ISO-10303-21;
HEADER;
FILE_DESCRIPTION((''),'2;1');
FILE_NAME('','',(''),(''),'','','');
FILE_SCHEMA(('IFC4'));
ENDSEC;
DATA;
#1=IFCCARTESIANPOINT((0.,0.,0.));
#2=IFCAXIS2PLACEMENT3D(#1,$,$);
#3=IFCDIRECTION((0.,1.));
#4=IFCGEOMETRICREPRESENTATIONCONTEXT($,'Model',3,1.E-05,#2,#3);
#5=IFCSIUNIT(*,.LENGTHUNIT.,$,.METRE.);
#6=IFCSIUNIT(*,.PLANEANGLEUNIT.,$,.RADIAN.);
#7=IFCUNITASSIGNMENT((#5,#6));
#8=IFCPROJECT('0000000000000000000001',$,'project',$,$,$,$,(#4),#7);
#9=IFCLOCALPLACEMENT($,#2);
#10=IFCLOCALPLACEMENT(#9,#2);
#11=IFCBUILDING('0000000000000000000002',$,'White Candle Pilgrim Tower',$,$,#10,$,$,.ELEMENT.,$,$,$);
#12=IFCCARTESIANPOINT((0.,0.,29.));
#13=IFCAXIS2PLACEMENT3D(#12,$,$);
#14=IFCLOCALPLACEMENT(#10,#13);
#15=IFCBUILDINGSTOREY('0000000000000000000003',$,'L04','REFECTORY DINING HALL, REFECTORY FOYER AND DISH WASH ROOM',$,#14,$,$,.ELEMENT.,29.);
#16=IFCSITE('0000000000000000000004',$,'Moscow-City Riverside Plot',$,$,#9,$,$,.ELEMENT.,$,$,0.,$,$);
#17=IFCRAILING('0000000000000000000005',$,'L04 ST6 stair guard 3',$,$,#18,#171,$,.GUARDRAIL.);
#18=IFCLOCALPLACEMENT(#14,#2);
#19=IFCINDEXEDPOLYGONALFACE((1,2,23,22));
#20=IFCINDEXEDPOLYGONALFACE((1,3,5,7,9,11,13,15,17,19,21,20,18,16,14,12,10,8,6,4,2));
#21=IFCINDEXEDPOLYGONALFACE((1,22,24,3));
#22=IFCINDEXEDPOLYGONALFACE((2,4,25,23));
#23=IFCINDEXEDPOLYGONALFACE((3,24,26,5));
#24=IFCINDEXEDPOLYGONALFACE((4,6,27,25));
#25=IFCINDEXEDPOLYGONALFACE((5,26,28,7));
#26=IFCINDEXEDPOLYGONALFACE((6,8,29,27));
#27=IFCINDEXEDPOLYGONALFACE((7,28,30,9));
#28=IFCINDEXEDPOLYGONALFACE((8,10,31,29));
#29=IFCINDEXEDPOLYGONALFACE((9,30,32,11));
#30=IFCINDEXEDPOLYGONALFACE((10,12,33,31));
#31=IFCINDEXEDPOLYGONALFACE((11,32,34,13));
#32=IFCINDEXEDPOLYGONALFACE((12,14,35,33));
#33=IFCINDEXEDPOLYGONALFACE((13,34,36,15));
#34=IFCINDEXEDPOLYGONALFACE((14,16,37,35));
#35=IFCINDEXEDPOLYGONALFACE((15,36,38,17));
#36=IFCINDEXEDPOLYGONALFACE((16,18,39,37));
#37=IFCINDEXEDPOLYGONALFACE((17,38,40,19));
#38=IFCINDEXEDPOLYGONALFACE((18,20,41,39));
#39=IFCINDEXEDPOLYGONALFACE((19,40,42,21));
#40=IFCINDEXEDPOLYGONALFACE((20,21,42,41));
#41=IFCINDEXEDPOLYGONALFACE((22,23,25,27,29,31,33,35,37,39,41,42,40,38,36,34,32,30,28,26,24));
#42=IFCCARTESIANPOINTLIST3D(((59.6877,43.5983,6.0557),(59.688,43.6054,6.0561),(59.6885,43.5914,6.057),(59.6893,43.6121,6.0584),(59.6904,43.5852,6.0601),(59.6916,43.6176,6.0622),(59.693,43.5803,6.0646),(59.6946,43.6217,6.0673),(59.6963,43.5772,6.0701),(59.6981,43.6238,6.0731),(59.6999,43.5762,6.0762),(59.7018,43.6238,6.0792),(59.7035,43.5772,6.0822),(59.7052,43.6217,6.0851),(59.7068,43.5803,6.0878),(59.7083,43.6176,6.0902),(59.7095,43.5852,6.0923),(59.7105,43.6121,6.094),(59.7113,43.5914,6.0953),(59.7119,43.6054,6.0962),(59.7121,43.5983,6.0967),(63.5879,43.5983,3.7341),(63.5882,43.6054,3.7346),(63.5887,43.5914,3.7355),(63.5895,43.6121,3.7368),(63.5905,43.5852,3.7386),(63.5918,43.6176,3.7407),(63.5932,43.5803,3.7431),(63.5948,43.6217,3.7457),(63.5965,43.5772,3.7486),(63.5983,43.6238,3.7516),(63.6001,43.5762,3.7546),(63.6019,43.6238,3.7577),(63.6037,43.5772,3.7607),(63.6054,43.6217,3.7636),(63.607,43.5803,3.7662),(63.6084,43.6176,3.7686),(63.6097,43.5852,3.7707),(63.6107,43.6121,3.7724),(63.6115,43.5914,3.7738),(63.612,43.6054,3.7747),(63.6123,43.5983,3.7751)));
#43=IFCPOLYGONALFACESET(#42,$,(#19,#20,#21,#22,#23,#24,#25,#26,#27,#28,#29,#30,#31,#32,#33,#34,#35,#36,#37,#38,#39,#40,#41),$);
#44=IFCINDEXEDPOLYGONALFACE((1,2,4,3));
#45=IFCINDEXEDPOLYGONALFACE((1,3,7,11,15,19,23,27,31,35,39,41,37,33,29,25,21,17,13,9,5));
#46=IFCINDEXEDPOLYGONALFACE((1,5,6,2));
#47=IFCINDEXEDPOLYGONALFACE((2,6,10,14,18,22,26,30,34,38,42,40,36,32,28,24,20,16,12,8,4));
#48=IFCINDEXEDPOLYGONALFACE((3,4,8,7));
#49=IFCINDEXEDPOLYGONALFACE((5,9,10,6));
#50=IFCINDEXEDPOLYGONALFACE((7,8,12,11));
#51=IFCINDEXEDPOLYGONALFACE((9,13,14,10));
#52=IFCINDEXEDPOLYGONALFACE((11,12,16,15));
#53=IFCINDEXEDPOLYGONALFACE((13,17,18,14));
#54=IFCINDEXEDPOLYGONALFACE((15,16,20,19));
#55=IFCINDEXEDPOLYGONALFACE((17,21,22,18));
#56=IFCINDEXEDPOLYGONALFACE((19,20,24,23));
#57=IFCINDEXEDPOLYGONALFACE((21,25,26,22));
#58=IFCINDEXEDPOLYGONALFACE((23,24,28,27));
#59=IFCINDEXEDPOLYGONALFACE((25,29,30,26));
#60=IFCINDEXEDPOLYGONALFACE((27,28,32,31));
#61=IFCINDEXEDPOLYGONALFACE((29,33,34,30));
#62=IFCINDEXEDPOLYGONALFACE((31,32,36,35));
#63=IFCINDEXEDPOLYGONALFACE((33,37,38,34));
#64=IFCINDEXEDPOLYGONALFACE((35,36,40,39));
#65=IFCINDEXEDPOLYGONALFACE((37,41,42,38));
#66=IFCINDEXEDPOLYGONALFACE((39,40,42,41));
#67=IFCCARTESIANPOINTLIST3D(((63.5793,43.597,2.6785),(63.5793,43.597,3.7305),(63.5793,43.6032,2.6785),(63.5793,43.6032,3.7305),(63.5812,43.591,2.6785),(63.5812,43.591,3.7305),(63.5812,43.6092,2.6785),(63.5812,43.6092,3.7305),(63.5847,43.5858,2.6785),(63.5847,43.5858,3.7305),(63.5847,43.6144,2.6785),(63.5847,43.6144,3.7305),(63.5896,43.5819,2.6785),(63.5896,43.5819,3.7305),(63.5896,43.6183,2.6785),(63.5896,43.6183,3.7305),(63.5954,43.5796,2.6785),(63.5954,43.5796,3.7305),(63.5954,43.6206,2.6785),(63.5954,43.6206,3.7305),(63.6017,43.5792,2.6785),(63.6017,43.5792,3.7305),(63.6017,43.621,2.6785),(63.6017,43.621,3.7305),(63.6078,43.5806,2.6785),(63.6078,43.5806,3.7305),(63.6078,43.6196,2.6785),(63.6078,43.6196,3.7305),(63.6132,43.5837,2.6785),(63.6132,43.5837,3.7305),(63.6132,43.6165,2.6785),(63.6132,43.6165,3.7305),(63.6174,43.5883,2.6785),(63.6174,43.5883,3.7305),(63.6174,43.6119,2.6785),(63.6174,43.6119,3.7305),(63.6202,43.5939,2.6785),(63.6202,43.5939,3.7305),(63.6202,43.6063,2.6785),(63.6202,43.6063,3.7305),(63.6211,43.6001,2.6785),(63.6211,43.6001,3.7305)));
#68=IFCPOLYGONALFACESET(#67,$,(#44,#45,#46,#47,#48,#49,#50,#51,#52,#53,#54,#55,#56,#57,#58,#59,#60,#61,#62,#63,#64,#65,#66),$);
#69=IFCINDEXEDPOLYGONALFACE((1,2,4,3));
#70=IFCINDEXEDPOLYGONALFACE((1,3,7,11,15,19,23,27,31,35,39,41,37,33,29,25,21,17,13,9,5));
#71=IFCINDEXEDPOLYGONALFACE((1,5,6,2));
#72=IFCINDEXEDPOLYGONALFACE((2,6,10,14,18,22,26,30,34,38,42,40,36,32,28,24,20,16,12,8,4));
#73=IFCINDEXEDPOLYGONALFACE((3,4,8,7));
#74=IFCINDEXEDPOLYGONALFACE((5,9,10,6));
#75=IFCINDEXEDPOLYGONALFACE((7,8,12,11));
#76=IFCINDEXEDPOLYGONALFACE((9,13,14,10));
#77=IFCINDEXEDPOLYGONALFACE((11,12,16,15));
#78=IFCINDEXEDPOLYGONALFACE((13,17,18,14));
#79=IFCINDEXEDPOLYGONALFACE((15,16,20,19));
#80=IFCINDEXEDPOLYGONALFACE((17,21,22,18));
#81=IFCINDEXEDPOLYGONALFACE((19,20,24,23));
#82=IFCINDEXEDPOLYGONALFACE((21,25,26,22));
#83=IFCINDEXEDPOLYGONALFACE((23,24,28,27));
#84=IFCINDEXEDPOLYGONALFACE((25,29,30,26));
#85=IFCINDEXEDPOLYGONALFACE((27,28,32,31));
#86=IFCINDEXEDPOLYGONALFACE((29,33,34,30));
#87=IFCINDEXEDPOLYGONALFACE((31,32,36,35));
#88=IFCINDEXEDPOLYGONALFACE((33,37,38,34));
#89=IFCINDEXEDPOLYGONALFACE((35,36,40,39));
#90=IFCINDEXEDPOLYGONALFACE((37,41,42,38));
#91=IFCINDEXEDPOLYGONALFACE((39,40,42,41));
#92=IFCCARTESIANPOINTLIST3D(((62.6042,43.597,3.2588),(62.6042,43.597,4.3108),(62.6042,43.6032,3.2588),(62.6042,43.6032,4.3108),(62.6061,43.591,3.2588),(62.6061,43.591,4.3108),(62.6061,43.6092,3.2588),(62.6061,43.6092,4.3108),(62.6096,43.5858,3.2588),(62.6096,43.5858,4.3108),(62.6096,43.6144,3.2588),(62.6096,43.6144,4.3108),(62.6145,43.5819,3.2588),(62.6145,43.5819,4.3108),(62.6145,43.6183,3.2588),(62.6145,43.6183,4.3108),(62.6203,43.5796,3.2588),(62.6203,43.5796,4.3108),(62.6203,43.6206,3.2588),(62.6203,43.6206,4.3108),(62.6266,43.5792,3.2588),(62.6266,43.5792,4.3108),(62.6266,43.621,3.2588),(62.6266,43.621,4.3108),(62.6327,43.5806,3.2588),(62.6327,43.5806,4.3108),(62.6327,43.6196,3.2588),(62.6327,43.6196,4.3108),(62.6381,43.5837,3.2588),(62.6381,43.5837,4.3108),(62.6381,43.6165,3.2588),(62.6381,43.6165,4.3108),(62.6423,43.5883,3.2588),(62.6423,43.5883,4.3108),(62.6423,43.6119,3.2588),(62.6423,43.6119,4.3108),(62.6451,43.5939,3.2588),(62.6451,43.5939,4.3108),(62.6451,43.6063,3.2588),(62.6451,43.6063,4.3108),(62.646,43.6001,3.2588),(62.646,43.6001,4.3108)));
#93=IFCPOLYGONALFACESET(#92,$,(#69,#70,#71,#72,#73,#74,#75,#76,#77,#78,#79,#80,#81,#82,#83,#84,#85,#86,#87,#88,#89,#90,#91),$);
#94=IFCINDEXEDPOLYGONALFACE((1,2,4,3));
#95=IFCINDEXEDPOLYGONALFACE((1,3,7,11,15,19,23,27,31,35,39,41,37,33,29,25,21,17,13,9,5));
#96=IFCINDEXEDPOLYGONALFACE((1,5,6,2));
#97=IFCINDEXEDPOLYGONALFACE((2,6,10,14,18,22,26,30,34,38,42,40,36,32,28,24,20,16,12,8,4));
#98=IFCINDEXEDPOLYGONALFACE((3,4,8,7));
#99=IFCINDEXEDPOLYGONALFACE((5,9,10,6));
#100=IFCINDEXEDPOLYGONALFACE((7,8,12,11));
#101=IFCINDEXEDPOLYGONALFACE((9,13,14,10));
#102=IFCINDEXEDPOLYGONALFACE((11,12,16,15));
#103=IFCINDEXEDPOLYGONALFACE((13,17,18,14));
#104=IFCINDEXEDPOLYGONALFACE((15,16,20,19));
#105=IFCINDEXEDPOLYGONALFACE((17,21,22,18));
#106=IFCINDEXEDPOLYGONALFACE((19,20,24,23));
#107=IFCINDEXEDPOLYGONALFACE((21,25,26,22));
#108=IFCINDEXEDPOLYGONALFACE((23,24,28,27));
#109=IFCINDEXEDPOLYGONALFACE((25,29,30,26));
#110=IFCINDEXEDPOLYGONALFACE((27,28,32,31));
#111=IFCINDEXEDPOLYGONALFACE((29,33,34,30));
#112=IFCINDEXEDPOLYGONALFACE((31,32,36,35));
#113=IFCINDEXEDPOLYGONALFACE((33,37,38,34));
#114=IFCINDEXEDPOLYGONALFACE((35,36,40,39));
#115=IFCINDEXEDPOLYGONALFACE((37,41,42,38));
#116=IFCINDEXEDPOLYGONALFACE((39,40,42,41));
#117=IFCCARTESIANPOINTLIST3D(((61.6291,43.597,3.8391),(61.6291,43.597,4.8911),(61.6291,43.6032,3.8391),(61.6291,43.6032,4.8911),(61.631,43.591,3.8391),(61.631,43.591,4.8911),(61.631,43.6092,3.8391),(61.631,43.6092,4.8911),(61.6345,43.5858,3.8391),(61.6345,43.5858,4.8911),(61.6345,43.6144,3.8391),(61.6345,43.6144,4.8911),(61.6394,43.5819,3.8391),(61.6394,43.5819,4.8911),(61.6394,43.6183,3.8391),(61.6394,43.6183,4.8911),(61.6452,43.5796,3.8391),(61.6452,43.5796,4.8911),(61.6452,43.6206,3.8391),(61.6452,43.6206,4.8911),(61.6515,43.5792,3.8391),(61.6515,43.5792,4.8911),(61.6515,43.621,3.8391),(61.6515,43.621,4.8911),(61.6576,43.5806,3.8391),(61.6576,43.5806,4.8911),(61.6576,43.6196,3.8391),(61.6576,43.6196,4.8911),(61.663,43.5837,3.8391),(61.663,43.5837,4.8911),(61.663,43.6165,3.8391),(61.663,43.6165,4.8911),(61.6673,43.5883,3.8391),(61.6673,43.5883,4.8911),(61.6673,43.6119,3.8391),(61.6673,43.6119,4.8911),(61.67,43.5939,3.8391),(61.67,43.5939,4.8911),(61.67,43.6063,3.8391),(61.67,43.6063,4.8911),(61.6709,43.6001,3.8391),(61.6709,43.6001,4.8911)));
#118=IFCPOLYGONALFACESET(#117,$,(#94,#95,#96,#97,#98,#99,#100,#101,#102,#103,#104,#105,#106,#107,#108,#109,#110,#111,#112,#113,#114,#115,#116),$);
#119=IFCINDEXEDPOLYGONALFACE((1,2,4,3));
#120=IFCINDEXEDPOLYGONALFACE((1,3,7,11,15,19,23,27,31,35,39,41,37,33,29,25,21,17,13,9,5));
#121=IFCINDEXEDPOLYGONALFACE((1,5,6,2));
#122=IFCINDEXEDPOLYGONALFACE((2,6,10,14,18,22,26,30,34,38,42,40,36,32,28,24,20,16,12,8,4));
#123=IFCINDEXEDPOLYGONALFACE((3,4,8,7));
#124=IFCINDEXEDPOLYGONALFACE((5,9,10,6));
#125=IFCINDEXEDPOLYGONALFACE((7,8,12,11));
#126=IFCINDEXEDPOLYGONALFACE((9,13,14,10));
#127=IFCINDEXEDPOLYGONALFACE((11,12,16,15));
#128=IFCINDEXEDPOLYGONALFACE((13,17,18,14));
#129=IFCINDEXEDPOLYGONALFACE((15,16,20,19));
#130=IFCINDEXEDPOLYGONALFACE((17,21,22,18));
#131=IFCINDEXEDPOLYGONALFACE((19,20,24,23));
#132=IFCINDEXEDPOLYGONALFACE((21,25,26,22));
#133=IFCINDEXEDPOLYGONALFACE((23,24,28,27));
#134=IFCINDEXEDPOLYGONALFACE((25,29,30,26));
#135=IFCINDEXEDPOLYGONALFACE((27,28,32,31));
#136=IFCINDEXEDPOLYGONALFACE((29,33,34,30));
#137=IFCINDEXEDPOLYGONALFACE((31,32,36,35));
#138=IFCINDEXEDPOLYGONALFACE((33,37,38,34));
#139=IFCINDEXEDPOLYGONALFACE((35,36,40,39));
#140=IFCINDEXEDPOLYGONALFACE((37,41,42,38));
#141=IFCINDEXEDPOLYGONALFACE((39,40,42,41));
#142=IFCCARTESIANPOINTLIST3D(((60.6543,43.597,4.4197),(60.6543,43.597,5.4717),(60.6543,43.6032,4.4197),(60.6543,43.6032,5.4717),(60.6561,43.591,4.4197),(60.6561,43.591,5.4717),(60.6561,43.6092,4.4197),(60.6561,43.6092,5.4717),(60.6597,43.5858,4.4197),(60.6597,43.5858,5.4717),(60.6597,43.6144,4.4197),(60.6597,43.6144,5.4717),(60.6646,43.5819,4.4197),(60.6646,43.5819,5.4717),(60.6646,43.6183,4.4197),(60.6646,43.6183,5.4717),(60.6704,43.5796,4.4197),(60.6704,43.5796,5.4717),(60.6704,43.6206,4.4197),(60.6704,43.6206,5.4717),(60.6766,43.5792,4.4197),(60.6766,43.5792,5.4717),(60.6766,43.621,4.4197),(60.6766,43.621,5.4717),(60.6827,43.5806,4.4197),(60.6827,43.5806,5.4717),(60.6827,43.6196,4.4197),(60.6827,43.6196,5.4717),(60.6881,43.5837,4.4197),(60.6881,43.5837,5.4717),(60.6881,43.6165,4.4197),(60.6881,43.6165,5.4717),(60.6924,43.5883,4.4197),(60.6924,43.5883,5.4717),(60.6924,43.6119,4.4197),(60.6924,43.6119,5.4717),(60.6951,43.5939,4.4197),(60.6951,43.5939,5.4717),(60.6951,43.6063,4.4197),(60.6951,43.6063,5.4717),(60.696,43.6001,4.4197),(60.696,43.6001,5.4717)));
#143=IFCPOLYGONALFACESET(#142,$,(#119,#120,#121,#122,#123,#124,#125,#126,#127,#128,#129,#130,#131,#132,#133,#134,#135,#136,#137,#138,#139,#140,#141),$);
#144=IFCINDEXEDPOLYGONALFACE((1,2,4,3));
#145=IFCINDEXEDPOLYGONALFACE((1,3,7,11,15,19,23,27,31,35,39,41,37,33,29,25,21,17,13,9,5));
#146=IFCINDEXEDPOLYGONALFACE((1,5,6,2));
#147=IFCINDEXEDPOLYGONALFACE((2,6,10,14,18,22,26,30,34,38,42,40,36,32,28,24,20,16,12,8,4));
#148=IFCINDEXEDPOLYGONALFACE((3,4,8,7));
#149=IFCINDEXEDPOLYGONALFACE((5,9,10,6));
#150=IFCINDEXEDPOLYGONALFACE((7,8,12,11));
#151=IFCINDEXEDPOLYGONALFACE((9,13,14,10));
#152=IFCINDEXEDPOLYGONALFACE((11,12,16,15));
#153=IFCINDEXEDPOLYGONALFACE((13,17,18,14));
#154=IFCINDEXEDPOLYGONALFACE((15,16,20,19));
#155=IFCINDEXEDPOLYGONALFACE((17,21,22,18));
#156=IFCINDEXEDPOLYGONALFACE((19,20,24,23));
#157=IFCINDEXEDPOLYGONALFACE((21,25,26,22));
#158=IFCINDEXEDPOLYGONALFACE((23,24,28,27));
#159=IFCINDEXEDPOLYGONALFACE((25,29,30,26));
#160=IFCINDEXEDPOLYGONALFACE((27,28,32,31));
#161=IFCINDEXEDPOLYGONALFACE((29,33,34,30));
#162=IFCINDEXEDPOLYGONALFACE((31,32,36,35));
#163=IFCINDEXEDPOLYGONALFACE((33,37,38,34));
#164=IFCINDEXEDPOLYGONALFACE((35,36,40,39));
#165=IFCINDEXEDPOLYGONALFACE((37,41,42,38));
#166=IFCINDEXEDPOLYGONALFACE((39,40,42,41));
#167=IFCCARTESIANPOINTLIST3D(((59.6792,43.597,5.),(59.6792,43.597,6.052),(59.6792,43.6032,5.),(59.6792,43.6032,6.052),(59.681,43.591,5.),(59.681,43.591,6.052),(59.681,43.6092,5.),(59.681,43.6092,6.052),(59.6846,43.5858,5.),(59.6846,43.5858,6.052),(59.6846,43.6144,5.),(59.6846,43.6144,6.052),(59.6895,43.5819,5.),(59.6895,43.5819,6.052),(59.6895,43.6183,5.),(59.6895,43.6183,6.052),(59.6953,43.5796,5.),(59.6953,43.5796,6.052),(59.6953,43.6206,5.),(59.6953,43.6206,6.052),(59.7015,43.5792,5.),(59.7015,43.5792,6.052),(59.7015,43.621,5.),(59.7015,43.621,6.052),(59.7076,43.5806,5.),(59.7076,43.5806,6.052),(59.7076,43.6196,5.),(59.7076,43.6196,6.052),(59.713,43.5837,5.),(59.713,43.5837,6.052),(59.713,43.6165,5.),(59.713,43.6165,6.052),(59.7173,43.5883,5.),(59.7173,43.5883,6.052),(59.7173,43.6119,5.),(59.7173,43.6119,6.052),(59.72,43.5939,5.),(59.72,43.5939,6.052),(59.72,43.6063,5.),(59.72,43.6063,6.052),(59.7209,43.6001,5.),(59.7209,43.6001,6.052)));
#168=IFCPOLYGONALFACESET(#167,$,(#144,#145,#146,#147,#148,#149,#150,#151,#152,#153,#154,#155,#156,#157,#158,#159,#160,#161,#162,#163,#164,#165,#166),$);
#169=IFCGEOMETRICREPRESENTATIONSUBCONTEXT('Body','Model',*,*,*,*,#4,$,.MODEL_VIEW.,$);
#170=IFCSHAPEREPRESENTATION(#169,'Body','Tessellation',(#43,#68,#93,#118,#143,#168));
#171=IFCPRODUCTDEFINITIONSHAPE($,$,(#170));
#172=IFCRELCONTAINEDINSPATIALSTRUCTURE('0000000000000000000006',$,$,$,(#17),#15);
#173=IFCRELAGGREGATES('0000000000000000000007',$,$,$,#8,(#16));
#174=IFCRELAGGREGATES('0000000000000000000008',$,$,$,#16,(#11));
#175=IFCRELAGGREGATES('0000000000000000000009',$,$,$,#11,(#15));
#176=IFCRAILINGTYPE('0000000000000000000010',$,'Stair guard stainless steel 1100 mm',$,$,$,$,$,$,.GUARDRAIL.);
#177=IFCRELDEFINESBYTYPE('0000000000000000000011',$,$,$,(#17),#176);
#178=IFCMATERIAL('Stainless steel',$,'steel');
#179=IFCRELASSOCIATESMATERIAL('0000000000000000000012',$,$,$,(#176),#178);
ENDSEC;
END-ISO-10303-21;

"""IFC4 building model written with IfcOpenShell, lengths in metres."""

from ifc_helpers import new_model, si_unit, direction, frame, origin, origin_2d, place, context, subcontext, project, spatial, circle, extrude, material, type_object, element, save


model = new_model("IFC4")

# Units and contexts
model_context = context("Model", 3, precision=1e-05, world=origin(), true_north=direction((0.0, 1.0)))
body_context = subcontext(model_context, "Body", "Model", "MODEL_VIEW")
ifc_project = project(units=[si_unit("LENGTHUNIT", "METRE"), si_unit("PLANEANGLEUNIT", "RADIAN")], contexts=[model_context])

# Site, building, storey
site_placement = place(None, origin())
site = spatial("IfcSite", under=ifc_project, at=site_placement, Name="Moscow-City Riverside Plot", CompositionType="ELEMENT", RefElevation=0.0)
building_placement = place(site_placement, origin())
building = spatial("IfcBuilding", under=site, at=building_placement, Name="White Candle Pilgrim Tower", CompositionType="ELEMENT")
storey_placement = place(building_placement, frame((0.0, 0.0, 29.0)))
storey = spatial("IfcBuildingStorey", under=building, at=storey_placement, Name="L04", Description="REFECTORY DINING HALL, REFECTORY FOYER AND DISH WASH ROOM", CompositionType="ELEMENT", Elevation=29.0)

# Railing
ifc_material_1 = material(Name="Stainless steel", Category="steel")
railing_type_1 = type_object("IfcRailingType", Name="Stair guard stainless steel 1100 mm", PredefinedType="GUARDRAIL", material=ifc_material_1)
railing_1_placement = place(storey_placement, frame((63.6001, 43.6001, 2.6785)))
element("IfcRailing", 1, at=railing_1_placement, inside=storey, type_object=railing_type_1, Name="L04 ST6 stair guard 3", PredefinedType="GUARDRAIL", context=body_context, shape_type="SweptSolid", body=[
    extrude(circle(Radius=0.0239, at=origin_2d()), frame((0.0, 0.0, 1.0762), z_axis=(-0.859291, 0.0, 0.511487), x_axis=(0.0, -1.0, 0.0)), (0.0, 0.0, 1.0), 4.5388),
    extrude(circle(Radius=0.021, at=origin_2d()), origin(), (0.0, 0.0, 1.0), 1.052),
    extrude(circle(Radius=0.021, at=origin_2d()), frame((-0.9751, 0.0, 0.5803)), (0.0, 0.0, 1.0), 1.052),
    extrude(circle(Radius=0.021, at=origin_2d()), frame((-1.9502, 0.0, 1.1606)), (0.0, 0.0, 1.0), 1.052),
    extrude(circle(Radius=0.021, at=origin_2d()), frame((-2.925, 0.0, 1.7412)), (0.0, 0.0, 1.0), 1.052),
    extrude(circle(Radius=0.021, at=origin_2d()), frame((-3.9001, 0.0, 2.3215)), (0.0, 0.0, 1.0), 1.052),
])

save(model, "model.ifc")
